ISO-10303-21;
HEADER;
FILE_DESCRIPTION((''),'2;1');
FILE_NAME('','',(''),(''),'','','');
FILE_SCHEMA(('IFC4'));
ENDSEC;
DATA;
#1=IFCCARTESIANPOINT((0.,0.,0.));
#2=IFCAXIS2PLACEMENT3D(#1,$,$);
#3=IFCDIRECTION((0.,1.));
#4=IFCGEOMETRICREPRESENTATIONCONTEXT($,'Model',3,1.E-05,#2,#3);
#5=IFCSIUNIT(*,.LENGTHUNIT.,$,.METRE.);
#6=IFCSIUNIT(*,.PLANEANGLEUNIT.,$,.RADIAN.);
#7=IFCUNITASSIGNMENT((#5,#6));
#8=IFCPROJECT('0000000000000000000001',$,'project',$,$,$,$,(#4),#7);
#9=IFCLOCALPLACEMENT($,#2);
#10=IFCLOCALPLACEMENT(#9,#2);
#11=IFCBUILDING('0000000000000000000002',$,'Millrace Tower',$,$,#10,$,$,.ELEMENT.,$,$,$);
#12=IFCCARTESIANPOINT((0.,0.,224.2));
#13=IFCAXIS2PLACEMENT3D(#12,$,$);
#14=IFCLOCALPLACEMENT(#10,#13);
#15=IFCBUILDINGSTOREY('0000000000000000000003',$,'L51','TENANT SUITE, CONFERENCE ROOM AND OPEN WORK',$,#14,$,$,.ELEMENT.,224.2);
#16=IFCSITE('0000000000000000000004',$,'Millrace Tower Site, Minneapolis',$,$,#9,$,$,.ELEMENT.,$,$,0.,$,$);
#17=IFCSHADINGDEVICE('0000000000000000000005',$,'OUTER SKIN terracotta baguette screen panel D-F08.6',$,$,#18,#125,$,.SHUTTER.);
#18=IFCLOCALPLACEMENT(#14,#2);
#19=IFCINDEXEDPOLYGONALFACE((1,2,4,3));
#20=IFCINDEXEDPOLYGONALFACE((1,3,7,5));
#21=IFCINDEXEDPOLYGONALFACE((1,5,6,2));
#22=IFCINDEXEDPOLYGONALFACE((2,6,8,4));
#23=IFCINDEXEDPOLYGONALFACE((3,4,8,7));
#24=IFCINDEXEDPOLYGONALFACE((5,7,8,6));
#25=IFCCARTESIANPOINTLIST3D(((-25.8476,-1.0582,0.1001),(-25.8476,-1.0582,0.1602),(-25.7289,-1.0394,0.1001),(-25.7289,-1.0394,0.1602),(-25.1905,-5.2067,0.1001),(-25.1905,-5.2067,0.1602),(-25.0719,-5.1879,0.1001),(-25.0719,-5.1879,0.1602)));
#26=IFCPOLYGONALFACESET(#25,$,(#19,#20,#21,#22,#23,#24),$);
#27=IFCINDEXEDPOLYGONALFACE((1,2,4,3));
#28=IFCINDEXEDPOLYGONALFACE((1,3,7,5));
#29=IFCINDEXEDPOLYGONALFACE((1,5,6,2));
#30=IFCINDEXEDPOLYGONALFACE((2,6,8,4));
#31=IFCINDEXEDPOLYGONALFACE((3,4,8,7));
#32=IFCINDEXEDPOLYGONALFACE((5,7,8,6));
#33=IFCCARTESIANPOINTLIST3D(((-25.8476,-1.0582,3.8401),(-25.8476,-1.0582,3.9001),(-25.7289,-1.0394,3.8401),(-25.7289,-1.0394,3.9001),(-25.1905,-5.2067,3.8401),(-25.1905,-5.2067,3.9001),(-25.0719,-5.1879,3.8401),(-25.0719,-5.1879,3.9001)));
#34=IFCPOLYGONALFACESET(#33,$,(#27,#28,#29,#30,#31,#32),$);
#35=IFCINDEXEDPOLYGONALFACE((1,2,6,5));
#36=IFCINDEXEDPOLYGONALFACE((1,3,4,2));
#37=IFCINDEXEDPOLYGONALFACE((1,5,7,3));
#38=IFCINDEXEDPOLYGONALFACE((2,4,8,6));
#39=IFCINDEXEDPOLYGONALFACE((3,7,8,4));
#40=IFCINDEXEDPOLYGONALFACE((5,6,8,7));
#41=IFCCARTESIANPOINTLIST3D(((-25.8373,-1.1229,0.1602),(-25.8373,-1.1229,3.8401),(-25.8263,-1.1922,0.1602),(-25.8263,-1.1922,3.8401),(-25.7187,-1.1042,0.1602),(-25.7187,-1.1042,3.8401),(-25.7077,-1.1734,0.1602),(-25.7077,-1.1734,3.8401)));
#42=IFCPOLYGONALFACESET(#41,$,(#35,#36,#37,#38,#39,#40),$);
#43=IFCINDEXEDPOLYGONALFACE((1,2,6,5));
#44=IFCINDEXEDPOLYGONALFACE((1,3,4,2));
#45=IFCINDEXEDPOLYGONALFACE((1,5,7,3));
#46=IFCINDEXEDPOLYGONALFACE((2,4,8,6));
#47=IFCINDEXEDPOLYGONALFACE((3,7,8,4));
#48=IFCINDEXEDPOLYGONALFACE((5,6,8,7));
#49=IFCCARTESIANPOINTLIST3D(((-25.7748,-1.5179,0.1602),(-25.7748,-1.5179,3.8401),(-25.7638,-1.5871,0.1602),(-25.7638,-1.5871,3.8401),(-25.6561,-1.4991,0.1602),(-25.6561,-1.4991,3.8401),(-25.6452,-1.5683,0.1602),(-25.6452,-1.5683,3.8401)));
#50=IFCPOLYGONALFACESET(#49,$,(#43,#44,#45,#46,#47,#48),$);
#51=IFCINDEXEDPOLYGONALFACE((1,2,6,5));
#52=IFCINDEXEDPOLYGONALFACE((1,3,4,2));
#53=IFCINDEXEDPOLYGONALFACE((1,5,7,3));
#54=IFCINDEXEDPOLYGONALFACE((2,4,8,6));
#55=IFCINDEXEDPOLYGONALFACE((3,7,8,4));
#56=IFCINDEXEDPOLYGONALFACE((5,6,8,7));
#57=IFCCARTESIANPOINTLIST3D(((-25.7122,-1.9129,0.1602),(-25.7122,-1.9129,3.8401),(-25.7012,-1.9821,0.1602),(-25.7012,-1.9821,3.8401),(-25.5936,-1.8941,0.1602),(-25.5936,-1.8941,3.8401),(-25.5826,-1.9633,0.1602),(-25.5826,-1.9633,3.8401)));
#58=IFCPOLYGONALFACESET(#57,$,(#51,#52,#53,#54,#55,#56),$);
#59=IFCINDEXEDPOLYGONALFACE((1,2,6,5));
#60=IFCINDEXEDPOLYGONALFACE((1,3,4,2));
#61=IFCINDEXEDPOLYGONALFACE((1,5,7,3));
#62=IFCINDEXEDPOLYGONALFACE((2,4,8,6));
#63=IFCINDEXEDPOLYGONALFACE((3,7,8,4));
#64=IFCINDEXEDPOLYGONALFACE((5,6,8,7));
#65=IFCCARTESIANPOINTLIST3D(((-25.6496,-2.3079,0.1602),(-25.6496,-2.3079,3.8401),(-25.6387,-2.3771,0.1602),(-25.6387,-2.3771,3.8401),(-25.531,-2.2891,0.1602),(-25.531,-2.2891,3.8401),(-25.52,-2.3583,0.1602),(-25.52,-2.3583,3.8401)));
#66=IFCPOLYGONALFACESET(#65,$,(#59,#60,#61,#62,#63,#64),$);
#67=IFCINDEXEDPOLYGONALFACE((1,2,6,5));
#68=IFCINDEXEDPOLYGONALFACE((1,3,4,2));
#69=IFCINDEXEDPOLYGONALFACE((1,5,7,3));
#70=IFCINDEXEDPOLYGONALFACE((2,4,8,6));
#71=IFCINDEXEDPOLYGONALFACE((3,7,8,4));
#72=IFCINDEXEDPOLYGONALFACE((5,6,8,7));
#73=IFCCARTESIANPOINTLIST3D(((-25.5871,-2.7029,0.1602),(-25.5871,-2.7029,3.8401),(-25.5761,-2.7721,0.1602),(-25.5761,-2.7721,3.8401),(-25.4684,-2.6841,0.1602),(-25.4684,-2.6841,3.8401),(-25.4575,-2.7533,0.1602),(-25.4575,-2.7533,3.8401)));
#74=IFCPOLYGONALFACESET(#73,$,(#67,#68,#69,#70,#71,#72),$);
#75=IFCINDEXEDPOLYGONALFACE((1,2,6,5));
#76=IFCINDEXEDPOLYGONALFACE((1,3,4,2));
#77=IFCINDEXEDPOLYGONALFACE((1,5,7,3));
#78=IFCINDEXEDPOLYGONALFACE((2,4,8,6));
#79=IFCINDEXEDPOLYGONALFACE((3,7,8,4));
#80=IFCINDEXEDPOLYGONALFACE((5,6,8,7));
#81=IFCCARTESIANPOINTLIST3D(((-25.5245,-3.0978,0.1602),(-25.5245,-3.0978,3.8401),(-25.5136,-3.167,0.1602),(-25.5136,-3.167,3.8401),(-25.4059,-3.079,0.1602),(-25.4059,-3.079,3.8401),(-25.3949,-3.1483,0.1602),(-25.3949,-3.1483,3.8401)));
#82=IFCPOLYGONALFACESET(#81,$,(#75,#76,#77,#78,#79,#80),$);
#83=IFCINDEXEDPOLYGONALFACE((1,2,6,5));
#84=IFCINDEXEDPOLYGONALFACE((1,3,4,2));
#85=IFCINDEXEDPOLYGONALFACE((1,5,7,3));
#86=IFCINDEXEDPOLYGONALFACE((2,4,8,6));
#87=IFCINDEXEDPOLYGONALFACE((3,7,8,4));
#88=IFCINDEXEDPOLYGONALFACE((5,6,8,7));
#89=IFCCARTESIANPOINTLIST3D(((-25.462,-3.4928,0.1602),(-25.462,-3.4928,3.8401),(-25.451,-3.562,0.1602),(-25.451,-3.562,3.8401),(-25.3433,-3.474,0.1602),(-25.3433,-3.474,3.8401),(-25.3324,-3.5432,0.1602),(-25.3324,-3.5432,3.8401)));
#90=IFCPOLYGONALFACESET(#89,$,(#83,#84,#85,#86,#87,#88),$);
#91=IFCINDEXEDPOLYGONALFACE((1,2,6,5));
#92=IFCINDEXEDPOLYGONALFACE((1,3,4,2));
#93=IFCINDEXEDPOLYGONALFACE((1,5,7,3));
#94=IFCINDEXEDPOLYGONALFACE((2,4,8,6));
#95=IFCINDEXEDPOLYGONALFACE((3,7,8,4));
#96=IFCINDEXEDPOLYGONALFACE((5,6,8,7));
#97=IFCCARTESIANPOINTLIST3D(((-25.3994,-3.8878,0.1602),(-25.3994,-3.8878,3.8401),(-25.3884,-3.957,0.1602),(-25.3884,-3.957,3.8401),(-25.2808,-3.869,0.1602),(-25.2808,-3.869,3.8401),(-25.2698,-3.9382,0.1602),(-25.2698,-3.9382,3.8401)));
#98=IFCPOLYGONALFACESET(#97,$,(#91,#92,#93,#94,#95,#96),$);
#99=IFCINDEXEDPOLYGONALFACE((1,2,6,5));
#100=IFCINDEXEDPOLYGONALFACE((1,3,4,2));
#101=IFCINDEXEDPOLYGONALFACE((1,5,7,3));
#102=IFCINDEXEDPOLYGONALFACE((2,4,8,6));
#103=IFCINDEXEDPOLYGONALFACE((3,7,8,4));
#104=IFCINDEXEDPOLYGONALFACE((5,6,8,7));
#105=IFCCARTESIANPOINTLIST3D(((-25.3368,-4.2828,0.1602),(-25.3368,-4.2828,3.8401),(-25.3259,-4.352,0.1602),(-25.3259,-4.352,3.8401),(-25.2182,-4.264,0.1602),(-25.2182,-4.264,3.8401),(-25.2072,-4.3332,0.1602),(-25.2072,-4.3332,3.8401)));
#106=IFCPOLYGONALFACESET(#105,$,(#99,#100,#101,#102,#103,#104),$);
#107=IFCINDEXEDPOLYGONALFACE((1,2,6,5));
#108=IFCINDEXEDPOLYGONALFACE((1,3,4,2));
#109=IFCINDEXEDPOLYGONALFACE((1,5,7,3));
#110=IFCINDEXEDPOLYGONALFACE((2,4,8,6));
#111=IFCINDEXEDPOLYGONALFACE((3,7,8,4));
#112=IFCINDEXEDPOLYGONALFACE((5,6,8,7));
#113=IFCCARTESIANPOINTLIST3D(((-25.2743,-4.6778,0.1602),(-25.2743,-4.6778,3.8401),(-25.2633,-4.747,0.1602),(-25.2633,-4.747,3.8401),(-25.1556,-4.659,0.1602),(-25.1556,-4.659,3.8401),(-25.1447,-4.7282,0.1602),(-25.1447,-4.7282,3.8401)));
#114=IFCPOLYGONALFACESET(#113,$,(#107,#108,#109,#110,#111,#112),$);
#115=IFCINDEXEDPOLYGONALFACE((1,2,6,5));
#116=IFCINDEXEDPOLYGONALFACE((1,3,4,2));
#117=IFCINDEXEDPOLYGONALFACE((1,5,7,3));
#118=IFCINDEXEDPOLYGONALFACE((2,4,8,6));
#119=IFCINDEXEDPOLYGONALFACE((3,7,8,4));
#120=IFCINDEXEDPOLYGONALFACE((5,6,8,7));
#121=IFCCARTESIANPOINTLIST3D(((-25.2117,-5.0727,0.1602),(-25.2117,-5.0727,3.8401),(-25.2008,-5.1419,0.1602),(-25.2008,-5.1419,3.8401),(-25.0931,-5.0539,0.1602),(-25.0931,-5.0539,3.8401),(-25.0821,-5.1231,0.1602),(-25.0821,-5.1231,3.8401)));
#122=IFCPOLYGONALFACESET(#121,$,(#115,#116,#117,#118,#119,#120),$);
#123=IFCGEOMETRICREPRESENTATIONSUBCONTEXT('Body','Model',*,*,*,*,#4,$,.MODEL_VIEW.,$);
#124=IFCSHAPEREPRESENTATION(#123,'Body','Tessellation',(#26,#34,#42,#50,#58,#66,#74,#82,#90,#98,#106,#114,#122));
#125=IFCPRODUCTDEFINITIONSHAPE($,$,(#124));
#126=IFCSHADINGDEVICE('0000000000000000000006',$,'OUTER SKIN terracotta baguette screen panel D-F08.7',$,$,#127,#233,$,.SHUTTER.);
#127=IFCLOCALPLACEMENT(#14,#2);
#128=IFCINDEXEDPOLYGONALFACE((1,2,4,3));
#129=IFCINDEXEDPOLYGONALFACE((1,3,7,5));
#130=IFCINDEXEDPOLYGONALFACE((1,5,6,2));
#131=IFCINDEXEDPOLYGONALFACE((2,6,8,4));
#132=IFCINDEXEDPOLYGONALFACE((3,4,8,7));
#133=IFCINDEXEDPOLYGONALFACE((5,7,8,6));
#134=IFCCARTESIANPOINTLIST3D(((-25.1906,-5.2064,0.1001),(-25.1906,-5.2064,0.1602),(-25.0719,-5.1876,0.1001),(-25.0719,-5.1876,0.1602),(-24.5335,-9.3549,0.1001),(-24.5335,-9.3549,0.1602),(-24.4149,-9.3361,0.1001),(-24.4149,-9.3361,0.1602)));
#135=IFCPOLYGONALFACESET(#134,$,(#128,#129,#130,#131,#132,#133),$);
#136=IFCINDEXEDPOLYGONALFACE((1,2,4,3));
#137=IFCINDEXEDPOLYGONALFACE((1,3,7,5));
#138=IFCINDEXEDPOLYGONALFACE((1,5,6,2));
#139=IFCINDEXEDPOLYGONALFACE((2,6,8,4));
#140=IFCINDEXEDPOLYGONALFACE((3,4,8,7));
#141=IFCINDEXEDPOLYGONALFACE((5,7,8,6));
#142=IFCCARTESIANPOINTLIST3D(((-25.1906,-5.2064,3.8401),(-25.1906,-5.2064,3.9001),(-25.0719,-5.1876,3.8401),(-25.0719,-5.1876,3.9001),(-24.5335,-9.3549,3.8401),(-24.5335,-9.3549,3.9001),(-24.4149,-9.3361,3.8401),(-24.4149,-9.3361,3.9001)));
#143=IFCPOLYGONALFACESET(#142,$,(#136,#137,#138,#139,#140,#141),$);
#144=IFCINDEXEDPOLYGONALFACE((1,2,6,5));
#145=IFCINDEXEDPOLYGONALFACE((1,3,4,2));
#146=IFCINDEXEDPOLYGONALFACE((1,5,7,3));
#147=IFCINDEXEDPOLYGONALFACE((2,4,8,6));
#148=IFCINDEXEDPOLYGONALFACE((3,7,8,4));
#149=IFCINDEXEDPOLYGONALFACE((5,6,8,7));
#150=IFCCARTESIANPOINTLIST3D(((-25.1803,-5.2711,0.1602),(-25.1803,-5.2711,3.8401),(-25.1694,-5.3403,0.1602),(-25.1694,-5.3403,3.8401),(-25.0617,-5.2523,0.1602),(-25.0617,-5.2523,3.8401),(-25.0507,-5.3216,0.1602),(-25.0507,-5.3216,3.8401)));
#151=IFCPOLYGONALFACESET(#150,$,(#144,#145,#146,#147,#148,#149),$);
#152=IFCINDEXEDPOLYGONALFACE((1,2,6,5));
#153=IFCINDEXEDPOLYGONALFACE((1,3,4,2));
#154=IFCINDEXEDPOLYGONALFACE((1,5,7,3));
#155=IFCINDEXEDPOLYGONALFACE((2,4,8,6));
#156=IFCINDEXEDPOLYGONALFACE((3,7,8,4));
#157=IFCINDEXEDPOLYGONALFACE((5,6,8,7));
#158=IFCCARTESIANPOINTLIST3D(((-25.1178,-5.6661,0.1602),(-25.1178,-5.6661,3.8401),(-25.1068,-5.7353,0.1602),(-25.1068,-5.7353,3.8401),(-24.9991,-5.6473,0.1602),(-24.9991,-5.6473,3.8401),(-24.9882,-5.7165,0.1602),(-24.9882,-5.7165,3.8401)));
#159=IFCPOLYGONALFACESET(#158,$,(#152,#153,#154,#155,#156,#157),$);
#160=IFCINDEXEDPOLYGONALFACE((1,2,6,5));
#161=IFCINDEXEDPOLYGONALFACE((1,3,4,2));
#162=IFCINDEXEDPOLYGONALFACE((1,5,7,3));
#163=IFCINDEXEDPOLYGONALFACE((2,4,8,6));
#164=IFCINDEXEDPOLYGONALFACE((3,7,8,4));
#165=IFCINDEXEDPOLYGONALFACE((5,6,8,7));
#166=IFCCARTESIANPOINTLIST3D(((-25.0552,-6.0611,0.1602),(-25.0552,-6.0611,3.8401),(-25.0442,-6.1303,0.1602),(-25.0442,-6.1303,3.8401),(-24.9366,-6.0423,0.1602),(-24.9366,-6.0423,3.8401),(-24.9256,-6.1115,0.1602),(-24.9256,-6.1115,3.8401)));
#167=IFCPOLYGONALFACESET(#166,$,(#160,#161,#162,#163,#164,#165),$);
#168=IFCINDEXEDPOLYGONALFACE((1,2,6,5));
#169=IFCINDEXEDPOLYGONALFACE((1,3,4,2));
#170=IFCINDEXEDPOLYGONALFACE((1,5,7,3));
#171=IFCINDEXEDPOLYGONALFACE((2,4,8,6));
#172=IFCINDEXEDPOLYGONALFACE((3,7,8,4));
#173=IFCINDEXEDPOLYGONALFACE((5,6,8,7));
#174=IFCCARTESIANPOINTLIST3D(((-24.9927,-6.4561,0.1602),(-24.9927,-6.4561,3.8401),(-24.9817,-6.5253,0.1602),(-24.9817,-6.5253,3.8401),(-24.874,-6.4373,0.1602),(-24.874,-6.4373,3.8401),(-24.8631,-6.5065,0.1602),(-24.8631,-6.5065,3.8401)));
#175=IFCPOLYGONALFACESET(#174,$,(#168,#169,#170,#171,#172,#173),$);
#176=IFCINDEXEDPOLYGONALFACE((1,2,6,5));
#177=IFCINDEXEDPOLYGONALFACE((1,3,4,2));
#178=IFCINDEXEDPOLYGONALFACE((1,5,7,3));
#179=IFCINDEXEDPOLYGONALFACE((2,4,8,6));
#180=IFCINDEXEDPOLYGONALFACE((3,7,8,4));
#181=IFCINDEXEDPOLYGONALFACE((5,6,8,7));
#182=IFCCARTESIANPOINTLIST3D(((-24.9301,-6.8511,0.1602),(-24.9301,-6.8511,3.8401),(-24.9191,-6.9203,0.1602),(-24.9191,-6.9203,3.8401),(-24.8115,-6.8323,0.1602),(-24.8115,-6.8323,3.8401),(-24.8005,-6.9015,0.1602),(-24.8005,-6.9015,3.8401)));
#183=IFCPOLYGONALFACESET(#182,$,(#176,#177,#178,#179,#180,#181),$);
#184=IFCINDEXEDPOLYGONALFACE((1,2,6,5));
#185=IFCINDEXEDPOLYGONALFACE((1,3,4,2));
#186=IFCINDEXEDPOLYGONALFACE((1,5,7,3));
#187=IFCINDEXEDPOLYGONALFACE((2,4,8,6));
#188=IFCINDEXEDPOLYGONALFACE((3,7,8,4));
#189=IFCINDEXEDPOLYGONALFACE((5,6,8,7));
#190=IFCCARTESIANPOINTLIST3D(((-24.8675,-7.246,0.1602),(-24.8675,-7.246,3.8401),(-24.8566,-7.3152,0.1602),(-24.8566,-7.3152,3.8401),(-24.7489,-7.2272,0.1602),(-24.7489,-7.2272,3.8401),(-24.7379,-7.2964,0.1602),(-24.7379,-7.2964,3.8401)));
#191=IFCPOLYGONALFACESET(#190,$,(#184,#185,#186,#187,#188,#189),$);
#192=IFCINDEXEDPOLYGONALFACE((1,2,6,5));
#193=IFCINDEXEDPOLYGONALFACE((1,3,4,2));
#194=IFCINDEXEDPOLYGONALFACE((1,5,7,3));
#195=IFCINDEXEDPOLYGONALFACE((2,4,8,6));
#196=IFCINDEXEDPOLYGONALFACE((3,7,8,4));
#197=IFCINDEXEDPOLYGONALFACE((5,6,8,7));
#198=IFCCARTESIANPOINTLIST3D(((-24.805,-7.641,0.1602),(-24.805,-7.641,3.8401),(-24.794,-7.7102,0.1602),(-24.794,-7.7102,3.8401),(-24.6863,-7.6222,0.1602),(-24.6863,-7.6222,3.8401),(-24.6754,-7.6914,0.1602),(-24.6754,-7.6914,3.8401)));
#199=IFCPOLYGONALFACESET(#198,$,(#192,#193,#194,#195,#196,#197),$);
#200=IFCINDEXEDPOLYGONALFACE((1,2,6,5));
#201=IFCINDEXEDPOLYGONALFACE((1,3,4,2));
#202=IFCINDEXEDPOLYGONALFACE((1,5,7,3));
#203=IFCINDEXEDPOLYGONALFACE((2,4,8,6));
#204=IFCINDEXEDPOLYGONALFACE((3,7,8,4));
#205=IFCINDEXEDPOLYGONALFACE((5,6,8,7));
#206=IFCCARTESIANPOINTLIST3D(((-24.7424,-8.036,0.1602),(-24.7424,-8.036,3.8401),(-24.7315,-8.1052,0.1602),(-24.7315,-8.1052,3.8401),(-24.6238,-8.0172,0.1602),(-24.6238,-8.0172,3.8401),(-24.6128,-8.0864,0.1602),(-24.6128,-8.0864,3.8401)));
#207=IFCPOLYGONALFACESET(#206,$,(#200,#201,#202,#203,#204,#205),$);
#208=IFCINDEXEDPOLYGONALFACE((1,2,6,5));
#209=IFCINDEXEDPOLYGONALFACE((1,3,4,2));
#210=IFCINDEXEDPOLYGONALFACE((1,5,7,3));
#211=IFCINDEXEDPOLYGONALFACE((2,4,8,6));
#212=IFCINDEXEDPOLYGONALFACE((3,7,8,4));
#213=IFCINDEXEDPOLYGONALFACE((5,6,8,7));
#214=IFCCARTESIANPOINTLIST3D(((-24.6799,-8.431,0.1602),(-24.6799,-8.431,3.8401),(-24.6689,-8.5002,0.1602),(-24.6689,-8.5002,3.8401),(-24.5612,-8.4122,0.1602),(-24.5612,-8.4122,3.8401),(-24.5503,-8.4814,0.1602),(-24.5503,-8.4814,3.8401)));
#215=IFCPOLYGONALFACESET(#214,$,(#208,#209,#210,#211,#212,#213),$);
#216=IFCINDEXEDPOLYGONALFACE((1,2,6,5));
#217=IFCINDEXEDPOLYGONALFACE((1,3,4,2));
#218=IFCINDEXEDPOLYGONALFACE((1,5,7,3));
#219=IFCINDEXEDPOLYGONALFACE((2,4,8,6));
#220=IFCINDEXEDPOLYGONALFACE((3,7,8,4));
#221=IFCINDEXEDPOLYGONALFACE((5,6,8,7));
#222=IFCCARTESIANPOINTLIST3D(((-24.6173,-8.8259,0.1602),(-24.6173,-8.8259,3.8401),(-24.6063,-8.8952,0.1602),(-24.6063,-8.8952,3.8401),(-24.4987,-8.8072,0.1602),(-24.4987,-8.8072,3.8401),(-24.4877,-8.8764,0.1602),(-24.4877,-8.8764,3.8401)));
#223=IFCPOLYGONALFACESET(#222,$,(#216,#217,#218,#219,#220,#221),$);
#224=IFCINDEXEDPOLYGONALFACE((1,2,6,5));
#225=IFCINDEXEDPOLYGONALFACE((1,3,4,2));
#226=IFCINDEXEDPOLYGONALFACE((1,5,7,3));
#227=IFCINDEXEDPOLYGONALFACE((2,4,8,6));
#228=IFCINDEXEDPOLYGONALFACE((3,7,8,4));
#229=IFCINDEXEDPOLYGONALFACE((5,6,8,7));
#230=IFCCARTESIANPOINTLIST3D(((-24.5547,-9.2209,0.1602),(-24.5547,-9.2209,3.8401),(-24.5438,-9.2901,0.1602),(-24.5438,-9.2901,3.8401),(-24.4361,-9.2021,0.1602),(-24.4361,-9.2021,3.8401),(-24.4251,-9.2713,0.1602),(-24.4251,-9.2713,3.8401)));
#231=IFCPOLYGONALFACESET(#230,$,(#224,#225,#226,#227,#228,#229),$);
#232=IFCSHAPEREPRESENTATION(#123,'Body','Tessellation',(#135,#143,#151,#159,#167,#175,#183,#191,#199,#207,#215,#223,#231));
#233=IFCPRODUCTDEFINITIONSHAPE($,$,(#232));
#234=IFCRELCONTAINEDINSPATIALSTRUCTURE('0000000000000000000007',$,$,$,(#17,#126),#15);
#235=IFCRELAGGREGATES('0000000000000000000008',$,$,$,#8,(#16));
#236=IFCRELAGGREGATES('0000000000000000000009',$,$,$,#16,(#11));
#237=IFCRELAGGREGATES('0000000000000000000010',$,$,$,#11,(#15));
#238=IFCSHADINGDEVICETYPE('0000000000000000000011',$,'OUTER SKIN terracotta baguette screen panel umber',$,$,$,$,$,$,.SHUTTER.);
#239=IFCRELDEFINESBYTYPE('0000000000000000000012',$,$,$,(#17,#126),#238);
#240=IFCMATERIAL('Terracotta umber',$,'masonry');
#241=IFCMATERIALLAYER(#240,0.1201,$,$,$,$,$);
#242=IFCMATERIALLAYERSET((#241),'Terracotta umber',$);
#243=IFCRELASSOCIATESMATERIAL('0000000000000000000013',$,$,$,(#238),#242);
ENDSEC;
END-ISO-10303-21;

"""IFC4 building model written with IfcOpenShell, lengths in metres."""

from ifc_helpers import new_model, entity, si_unit, direction, frame, frame_2d, origin, origin_2d, place, context, subcontext, project, spatial, rectangle, extrude, source, transform, mapped, material, layer, layer_set, type_object, element, save


model = new_model("IFC4")

# Units and contexts
model_context = context("Model", 3, precision=1e-05, world=origin(), true_north=direction((0.0, 1.0)))
body_context = subcontext(model_context, "Body", "Model", "MODEL_VIEW")
ifc_project = project(units=[si_unit("LENGTHUNIT", "METRE"), si_unit("PLANEANGLEUNIT", "RADIAN")], contexts=[model_context])

# Site, building, storey
site_placement = place(None, origin())
site = spatial("IfcSite", under=ifc_project, at=site_placement, Name="Millrace Tower Site, Minneapolis", CompositionType="ELEMENT", RefElevation=0.0)
building_placement = place(site_placement, origin())
building = spatial("IfcBuilding", under=site, at=building_placement, Name="Millrace Tower", CompositionType="ELEMENT")
storey_placement = place(building_placement, frame((0.0, 0.0, 224.2)))
storey = spatial("IfcBuildingStorey", under=building, at=storey_placement, Name="L51", Description="TENANT SUITE, CONFERENCE ROOM AND OPEN WORK", CompositionType="ELEMENT", Elevation=224.2)

# Shading devices
ifc_material_1 = material(Name="Terracotta umber", Category="masonry")
ifc_layer_1 = layer(ifc_material_1, 0.1201)
ifc_layer_set_1 = layer_set([ifc_layer_1], Name="Terracotta umber")
shading_device_type = type_object("IfcShadingDeviceType", Name="OUTER SKIN terracotta baguette screen panel umber", PredefinedType="SHUTTER", material=ifc_layer_set_1)
cartesian_point = entity("IfcCartesianPoint", [-2.1001, 0.0601])
shared_polyline = entity("IfcPolyline", [cartesian_point, entity("IfcCartesianPoint", [2.1001, 0.0601]), entity("IfcCartesianPoint", [2.1001, -0.0601]), entity("IfcCartesianPoint", [-2.1001, -0.0601]), cartesian_point])
shared_shape = source(origin(), body_context, "Body", "SweptSolid", [
    entity("IfcExtrudedAreaSolid", entity("IfcArbitraryClosedProfileDef", "AREA", None, shared_polyline), entity("IfcAxis2Placement3D", entity("IfcCartesianPoint", [0.0, 0.0, 0.0])), entity("IfcDirection", [0.0, 0.0, 1.0]), 0.0601),
    entity("IfcExtrudedAreaSolid", entity("IfcArbitraryClosedProfileDef", "AREA", None, shared_polyline), entity("IfcAxis2Placement3D", entity("IfcCartesianPoint", [0.0, 0.0, 3.74])), entity("IfcDirection", [0.0, 0.0, 1.0]), 0.0601),
    extrude(rectangle(XDim=0.0701, YDim=0.1201, at=frame_2d((-1.9995, 0.0))), frame((0.0, 0.0, 0.0601)), (0.0, 0.0, 1.0), 3.6799),
    extrude(rectangle(XDim=0.0701, YDim=0.1201, at=frame_2d((-1.5996, 0.0))), frame((0.0, 0.0, 0.0601)), (0.0, 0.0, 1.0), 3.6799),
    extrude(rectangle(XDim=0.0701, YDim=0.1201, at=frame_2d((-1.1997, 0.0))), frame((0.0, 0.0, 0.0601)), (0.0, 0.0, 1.0), 3.6799),
    extrude(rectangle(XDim=0.0701, YDim=0.1201, at=frame_2d((-0.7998, 0.0))), frame((0.0, 0.0, 0.0601)), (0.0, 0.0, 1.0), 3.6799),
    extrude(rectangle(XDim=0.0701, YDim=0.1201, at=frame_2d((-0.3999, 0.0))), frame((0.0, 0.0, 0.0601)), (0.0, 0.0, 1.0), 3.6799),
    extrude(rectangle(XDim=0.0701, YDim=0.1201, at=origin_2d()), frame((0.0, 0.0, 0.0601)), (0.0, 0.0, 1.0), 3.6799),
    extrude(rectangle(XDim=0.0701, YDim=0.1201, at=frame_2d((0.3999, 0.0))), frame((0.0, 0.0, 0.0601)), (0.0, 0.0, 1.0), 3.6799),
    extrude(rectangle(XDim=0.0701, YDim=0.1201, at=frame_2d((0.7998, 0.0))), frame((0.0, 0.0, 0.0601)), (0.0, 0.0, 1.0), 3.6799),
    extrude(rectangle(XDim=0.0701, YDim=0.1201, at=frame_2d((1.1997, 0.0))), frame((0.0, 0.0, 0.0601)), (0.0, 0.0, 1.0), 3.6799),
    extrude(rectangle(XDim=0.0701, YDim=0.1201, at=frame_2d((1.5996, 0.0))), frame((0.0, 0.0, 0.0601)), (0.0, 0.0, 1.0), 3.6799),
    extrude(rectangle(XDim=0.0701, YDim=0.1201, at=frame_2d((1.9995, 0.0))), frame((0.0, 0.0, 0.0601)), (0.0, 0.0, 1.0), 3.6799),
])
for number, where, z_axis, x_axis, name in (
    (1, (-25.4597, -3.123, 0.1001), (0.0, 0.0, 1.0), (0.156434, -0.987688, 0.0), "OUTER SKIN terracotta baguette screen panel D-F08.6"),
    (2, (-24.8027, -7.2712, 0.1001), (0.0, 0.0, 1.0), (0.156434, -0.987688, 0.0), "OUTER SKIN terracotta baguette screen panel D-F08.7"),
):
    element("IfcShadingDevice", number, at=place(storey_placement, frame(where, z_axis=z_axis, x_axis=x_axis)), inside=storey, type_object=shading_device_type, Name=name, PredefinedType="SHUTTER", context=body_context, shape_type="MappedRepresentation", body=[
        mapped(shared_shape, transform((0.0, 0.0, 0.0), scale=1.0)),
    ])

save(model, "model.ifc")
